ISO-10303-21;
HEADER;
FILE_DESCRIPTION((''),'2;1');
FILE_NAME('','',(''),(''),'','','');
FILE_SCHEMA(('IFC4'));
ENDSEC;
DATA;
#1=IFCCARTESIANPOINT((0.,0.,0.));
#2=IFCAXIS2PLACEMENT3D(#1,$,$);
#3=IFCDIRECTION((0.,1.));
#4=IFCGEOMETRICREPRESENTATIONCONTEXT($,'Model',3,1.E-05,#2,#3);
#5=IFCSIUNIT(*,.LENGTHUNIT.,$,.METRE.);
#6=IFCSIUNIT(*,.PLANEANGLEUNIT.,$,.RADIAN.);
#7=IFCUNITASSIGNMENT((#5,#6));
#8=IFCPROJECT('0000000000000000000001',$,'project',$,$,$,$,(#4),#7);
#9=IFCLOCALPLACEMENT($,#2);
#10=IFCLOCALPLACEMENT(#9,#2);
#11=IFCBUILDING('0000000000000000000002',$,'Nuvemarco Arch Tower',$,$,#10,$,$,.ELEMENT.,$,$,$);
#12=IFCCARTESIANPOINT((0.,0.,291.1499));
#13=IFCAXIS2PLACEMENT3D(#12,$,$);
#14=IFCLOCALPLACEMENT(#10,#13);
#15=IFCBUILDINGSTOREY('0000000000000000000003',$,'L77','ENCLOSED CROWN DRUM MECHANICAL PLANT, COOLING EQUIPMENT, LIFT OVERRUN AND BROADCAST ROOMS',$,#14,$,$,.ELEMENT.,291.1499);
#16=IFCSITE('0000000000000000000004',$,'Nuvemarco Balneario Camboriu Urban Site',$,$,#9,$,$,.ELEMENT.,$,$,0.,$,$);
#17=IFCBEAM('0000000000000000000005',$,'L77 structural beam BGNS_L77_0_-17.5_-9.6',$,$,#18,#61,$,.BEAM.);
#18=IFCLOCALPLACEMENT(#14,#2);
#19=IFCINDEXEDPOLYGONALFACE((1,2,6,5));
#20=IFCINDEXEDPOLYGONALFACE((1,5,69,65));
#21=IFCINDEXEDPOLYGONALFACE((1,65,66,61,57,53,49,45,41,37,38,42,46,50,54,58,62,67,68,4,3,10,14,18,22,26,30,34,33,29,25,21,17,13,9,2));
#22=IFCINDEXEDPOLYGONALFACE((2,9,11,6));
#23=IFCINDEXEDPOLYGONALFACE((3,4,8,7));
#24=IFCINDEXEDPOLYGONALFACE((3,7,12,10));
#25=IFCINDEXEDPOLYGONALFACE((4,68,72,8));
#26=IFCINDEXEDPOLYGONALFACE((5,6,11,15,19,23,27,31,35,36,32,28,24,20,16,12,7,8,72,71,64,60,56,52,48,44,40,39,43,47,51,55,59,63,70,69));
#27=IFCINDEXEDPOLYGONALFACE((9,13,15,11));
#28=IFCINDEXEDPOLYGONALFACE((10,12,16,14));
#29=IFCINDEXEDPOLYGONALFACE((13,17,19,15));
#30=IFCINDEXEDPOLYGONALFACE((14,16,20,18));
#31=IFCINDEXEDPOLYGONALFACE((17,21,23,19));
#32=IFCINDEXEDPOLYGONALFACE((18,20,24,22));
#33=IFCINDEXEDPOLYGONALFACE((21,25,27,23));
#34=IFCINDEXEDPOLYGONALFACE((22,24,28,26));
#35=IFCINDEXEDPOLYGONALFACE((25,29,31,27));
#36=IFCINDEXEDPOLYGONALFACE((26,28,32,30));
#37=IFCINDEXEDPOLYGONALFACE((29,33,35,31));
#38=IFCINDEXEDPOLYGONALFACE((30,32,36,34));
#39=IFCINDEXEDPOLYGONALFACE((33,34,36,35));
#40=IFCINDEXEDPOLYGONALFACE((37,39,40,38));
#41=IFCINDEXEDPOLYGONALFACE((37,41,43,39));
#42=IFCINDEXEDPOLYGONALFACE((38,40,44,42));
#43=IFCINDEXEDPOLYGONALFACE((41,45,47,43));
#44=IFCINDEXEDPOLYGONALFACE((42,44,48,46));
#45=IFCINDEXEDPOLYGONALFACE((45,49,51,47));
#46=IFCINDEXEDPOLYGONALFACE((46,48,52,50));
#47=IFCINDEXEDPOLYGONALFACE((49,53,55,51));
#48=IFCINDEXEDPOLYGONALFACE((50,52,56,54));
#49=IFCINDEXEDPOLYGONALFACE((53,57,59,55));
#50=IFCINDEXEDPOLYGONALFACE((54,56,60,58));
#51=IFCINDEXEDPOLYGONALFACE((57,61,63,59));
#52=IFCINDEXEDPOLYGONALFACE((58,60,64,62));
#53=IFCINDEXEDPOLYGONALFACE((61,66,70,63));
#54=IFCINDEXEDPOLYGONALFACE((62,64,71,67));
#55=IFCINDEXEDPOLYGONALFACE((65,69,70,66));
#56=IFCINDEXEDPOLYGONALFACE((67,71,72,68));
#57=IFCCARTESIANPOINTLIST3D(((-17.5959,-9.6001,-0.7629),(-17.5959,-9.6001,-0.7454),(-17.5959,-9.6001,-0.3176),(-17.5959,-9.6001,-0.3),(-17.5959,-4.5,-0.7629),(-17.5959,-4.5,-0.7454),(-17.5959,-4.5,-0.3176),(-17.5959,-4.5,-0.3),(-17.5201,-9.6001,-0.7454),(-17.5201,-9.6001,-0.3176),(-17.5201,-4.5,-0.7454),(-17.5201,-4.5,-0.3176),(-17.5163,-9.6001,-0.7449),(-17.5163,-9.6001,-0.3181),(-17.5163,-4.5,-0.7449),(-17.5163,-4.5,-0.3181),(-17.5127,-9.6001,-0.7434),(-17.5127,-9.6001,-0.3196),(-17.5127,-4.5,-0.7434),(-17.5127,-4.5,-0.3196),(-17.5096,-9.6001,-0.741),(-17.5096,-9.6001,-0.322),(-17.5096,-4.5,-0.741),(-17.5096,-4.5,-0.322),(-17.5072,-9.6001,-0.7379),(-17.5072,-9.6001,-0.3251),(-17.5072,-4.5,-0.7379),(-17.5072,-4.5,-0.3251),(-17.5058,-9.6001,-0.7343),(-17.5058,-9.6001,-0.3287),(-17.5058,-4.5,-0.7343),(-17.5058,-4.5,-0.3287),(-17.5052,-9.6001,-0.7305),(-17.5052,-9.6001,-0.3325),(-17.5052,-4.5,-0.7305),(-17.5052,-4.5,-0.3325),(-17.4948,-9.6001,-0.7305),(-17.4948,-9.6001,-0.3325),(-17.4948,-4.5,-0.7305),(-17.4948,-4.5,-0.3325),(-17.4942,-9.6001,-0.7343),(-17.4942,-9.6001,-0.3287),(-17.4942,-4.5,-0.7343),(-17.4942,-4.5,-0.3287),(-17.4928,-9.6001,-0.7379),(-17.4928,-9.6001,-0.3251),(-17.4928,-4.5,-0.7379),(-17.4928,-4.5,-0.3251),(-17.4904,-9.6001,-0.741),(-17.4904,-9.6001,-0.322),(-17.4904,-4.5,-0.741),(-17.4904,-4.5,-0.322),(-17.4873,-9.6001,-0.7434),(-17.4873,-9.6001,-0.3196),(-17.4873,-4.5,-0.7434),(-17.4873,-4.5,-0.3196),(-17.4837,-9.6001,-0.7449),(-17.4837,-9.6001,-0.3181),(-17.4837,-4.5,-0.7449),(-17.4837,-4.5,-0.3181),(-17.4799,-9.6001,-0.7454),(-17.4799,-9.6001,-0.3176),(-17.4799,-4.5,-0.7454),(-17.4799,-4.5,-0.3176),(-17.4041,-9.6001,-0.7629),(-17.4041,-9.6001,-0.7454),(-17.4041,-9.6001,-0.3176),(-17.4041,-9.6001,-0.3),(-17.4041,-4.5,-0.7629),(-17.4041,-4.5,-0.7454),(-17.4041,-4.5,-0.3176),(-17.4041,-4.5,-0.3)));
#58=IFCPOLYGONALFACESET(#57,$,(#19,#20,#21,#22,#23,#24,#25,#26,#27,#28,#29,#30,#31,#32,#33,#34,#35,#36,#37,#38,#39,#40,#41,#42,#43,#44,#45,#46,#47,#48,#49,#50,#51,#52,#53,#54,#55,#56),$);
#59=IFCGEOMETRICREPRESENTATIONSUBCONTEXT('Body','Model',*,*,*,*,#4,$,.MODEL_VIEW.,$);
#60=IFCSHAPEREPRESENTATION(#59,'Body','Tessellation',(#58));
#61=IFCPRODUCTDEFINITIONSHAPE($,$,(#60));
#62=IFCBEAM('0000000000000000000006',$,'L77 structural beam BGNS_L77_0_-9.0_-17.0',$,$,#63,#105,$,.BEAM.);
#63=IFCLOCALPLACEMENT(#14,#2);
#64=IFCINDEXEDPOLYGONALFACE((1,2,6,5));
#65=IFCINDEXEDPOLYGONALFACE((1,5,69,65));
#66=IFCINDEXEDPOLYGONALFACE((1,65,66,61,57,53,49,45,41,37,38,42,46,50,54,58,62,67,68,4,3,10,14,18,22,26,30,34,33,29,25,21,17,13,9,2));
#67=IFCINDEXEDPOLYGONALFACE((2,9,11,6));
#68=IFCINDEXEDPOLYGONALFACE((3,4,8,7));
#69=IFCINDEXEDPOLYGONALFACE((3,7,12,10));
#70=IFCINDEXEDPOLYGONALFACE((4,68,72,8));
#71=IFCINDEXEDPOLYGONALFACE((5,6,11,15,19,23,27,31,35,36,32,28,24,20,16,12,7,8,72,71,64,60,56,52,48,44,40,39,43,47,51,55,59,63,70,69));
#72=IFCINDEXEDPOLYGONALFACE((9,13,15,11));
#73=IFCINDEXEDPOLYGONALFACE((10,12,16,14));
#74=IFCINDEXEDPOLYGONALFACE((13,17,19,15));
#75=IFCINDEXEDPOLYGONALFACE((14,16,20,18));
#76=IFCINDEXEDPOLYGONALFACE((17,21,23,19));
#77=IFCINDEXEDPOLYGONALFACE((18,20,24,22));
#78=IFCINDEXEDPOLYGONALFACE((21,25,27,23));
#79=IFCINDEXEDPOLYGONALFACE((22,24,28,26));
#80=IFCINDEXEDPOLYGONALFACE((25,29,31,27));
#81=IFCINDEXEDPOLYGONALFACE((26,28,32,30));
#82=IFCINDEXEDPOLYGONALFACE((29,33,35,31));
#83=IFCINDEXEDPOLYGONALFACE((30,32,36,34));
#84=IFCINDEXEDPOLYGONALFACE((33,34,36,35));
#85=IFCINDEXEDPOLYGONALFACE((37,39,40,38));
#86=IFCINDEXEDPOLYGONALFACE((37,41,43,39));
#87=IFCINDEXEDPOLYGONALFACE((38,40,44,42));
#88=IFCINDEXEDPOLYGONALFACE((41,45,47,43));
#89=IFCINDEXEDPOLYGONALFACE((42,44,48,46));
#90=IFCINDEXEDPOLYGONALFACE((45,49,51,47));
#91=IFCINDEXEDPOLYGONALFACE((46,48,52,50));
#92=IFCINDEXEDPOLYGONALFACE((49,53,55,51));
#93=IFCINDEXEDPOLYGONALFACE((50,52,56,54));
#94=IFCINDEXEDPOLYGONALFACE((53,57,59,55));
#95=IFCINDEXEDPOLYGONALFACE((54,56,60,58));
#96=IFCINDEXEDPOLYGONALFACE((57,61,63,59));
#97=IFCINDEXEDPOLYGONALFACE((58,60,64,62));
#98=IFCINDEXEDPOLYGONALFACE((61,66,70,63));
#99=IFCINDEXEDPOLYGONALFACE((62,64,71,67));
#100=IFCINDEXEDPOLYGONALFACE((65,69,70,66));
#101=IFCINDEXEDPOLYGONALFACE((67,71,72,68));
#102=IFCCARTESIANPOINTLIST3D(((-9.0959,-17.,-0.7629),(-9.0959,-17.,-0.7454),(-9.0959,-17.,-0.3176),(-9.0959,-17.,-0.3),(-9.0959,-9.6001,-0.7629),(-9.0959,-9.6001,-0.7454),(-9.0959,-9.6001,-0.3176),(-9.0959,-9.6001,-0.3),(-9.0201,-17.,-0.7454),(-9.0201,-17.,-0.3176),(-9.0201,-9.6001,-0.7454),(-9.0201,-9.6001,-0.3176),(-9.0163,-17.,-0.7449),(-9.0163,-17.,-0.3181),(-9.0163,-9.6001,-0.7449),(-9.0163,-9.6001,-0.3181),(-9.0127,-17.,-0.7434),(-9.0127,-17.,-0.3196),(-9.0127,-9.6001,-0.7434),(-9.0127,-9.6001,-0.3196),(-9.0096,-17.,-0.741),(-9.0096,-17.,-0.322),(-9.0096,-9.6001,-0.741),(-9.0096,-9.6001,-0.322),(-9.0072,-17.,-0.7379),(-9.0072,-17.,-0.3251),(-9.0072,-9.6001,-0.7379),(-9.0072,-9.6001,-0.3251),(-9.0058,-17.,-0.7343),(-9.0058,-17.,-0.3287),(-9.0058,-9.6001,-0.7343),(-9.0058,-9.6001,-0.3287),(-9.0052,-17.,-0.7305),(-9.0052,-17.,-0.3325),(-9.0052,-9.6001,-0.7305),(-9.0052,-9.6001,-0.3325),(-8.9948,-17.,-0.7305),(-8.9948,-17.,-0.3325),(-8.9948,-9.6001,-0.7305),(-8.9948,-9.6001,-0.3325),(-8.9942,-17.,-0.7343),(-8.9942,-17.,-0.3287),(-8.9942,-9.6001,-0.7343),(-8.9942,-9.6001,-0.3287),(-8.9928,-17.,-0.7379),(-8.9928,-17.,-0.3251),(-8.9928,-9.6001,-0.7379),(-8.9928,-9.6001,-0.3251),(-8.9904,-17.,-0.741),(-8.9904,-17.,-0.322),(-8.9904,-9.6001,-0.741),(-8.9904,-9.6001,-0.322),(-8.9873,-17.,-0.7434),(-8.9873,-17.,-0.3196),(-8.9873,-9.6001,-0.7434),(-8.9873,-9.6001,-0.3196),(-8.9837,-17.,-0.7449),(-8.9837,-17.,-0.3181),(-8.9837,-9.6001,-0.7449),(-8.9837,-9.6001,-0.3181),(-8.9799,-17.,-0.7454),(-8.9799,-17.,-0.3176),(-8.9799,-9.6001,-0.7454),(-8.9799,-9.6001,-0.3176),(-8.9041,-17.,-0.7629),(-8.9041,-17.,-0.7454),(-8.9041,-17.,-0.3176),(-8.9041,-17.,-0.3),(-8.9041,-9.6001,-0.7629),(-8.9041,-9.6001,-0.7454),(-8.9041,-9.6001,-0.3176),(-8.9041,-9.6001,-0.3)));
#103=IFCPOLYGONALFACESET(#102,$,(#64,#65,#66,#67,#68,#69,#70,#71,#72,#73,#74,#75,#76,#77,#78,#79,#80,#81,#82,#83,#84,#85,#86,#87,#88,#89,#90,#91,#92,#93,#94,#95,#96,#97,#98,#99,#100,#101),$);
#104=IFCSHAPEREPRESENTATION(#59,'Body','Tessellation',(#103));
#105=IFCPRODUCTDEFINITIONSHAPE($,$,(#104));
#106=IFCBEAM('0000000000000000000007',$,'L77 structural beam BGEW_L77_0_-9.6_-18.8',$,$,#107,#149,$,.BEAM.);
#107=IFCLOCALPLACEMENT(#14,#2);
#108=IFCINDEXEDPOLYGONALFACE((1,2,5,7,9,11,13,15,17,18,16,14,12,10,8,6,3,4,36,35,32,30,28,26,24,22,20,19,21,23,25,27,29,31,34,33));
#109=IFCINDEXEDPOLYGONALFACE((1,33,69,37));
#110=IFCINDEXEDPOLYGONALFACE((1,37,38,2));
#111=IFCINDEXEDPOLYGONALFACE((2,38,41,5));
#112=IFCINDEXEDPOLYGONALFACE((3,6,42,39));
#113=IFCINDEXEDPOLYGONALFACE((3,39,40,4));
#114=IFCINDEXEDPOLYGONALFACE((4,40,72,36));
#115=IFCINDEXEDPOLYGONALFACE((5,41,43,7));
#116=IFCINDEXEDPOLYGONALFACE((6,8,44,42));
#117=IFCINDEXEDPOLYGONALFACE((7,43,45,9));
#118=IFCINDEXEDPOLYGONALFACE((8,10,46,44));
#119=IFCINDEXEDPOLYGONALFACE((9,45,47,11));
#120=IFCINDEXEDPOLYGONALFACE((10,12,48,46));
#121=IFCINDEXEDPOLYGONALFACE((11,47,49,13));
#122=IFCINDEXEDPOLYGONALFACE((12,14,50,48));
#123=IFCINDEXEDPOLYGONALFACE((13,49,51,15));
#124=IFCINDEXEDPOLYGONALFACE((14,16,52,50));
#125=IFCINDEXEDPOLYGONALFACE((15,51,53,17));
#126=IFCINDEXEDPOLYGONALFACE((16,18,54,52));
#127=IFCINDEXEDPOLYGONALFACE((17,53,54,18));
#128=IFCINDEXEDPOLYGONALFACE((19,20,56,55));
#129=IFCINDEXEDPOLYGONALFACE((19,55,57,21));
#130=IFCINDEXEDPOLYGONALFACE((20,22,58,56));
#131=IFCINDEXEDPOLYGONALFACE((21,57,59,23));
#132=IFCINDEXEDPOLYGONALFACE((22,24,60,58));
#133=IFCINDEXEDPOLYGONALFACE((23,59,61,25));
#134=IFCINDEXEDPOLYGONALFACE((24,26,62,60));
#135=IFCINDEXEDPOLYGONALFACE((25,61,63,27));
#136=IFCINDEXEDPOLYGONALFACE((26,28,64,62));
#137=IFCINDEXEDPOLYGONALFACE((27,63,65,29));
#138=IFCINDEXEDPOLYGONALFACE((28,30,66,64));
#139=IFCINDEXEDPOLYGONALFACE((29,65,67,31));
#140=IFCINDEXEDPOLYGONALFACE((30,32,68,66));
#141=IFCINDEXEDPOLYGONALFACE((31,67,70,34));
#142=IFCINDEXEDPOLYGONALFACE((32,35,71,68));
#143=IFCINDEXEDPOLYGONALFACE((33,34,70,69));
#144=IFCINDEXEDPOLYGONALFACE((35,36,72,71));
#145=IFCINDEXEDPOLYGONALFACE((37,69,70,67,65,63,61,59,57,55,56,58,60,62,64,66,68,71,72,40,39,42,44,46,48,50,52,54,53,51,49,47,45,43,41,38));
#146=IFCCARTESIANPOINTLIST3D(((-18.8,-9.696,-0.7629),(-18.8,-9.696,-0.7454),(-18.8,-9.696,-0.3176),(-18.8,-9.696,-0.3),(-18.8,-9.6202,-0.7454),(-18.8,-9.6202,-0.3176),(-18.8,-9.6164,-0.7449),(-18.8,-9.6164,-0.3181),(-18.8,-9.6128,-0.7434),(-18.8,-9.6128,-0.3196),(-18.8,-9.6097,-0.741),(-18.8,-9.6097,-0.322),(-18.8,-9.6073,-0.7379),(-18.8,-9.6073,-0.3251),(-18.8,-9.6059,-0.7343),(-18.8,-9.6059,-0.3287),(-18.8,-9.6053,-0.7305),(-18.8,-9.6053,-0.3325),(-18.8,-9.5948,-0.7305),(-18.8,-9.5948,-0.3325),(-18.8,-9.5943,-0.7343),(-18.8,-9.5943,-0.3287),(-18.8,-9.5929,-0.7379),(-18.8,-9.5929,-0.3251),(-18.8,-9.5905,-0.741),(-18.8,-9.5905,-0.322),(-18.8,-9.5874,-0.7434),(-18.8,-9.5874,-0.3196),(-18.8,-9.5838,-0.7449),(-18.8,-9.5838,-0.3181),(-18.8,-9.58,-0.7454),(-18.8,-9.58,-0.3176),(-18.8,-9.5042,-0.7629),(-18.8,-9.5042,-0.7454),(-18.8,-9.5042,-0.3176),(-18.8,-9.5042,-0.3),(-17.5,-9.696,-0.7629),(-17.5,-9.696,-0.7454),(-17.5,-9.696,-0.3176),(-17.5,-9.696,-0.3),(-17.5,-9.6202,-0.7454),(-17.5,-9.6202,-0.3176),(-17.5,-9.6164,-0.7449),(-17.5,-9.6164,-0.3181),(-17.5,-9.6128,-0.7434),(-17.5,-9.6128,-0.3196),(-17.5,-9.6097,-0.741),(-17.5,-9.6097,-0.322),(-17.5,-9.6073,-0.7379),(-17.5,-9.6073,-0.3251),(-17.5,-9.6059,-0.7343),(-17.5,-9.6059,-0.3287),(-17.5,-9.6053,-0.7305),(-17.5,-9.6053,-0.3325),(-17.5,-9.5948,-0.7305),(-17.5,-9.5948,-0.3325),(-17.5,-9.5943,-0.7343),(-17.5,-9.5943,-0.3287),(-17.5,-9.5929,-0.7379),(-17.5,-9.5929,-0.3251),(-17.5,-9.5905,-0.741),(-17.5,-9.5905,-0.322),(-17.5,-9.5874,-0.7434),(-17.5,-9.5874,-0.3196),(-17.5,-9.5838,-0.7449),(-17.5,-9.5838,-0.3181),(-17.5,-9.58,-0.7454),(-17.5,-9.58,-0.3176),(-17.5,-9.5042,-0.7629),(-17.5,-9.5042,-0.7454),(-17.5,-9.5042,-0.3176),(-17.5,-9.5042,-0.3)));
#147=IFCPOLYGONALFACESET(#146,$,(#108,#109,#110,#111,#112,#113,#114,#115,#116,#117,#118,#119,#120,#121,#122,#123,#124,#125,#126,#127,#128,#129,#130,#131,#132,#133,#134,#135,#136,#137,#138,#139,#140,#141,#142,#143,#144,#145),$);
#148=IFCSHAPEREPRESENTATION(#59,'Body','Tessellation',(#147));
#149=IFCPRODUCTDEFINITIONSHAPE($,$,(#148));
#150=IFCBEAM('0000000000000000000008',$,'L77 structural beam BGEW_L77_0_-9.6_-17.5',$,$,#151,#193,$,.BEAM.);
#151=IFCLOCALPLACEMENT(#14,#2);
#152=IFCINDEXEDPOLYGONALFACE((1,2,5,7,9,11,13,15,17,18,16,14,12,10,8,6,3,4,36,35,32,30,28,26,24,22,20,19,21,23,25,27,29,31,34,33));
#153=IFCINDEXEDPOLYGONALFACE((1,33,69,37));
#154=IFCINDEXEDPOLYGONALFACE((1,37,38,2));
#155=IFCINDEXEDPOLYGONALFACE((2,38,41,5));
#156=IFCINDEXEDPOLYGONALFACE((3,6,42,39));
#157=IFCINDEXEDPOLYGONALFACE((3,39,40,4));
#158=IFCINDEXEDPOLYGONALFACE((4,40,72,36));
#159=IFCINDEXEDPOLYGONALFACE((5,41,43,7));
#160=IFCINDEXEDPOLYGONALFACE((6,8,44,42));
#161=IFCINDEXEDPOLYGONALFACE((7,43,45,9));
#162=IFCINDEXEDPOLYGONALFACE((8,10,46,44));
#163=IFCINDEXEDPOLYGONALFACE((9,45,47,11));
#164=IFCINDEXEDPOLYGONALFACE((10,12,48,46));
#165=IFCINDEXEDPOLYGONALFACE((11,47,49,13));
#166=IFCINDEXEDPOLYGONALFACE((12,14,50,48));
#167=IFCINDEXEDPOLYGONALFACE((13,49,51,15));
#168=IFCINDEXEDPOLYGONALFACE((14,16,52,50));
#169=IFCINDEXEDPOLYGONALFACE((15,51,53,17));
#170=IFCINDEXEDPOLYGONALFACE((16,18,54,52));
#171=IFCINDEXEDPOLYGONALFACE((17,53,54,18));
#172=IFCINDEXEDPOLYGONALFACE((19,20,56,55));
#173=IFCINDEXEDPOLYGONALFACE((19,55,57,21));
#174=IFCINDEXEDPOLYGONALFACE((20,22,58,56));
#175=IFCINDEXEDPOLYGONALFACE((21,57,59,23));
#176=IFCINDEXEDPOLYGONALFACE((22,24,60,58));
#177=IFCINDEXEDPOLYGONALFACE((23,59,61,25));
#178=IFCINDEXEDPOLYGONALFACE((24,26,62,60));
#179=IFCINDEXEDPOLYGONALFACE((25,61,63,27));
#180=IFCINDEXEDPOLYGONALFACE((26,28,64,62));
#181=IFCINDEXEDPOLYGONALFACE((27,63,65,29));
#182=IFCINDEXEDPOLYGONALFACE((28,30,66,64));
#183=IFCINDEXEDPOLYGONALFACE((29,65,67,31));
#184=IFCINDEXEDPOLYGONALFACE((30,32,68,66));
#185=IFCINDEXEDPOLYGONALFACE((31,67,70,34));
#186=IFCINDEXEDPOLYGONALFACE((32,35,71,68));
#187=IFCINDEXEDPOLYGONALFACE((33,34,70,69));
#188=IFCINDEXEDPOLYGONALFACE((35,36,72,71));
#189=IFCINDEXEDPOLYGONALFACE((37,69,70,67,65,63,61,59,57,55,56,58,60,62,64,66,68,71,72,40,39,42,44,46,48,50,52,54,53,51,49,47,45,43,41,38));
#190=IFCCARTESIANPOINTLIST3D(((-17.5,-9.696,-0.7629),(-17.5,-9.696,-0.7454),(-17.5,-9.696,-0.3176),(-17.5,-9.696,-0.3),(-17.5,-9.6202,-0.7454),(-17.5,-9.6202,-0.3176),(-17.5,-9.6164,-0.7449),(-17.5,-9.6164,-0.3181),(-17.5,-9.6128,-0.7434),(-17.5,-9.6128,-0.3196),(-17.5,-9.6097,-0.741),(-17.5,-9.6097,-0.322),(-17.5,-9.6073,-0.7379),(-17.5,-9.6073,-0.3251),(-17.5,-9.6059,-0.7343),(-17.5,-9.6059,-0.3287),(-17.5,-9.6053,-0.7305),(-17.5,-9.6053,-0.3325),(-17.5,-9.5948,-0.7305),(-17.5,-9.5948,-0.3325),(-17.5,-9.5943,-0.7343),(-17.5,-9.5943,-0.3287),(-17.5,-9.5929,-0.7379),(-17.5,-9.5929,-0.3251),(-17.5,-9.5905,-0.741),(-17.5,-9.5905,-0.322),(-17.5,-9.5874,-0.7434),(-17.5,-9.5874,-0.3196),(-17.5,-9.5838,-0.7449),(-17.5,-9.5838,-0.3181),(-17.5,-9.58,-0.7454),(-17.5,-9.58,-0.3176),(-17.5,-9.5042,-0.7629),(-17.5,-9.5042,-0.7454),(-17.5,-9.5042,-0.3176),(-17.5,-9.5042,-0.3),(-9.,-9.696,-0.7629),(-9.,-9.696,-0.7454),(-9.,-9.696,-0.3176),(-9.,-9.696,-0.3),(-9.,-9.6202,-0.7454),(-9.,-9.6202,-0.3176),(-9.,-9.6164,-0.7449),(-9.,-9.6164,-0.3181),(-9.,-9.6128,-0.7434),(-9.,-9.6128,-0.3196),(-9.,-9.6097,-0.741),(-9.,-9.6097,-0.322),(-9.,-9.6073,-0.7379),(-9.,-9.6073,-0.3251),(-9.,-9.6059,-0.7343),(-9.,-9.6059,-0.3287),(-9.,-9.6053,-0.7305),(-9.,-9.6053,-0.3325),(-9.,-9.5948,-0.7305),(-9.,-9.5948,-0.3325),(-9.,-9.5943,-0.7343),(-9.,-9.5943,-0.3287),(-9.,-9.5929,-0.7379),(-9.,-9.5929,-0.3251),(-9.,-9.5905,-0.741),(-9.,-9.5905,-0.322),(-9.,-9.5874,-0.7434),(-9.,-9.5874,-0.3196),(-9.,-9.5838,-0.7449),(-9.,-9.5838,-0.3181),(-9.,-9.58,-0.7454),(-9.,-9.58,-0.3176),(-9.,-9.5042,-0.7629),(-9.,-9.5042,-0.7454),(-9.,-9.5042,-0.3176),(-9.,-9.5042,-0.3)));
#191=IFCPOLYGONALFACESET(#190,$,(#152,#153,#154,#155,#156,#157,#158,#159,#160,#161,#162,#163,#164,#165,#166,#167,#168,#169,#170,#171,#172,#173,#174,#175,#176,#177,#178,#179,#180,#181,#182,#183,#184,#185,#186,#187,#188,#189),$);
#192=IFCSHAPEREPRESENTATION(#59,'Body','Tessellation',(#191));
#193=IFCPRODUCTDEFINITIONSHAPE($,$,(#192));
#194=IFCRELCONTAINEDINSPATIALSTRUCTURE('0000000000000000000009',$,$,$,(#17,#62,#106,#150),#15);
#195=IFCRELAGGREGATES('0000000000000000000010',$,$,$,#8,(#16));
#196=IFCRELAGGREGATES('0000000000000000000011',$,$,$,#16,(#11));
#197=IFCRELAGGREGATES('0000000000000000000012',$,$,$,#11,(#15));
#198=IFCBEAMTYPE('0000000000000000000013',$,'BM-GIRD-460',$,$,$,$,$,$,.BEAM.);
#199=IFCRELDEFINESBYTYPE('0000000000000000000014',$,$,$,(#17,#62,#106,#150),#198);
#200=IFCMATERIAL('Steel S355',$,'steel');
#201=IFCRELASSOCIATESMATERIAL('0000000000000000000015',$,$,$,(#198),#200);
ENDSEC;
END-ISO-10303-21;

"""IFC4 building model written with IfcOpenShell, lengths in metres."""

from ifc_helpers import new_model, si_unit, direction, frame, origin, origin_2d, place, context, subcontext, project, spatial, i_section, extrude, material, material_profile, profile_set, type_object, element, save


model = new_model("IFC4")

# Units and contexts
model_context = context("Model", 3, precision=1e-05, world=origin(), true_north=direction((0.0, 1.0)))
body_context = subcontext(model_context, "Body", "Model", "MODEL_VIEW")
ifc_project = project(units=[si_unit("LENGTHUNIT", "METRE"), si_unit("PLANEANGLEUNIT", "RADIAN")], contexts=[model_context])

# Site, building, storey
site_placement = place(None, origin())
site = spatial("IfcSite", under=ifc_project, at=site_placement, Name="Nuvemarco Balneario Camboriu Urban Site", CompositionType="ELEMENT", RefElevation=0.0)
building_placement = place(site_placement, origin())
building = spatial("IfcBuilding", under=site, at=building_placement, Name="Nuvemarco Arch Tower", CompositionType="ELEMENT")
storey_placement = place(building_placement, frame((0.0, 0.0, 291.1499)))
storey = spatial("IfcBuildingStorey", under=building, at=storey_placement, Name="L77", Description="ENCLOSED CROWN DRUM MECHANICAL PLANT, COOLING EQUIPMENT, LIFT OVERRUN AND BROADCAST ROOMS", CompositionType="ELEMENT", Elevation=291.1499)

# Shared definitions
ifc_material_1 = material(Name="Steel S355", Category="steel")

# Beams
ifc_material_profile_1 = material_profile(ifc_material_1, i_section(OverallWidth=0.1919, OverallDepth=0.4629, WebThickness=0.0105, FlangeThickness=0.0176, FilletRadius=0.0149, at=origin_2d()), Name="W460x89")
ifc_profile_set_1 = profile_set([ifc_material_profile_1], Name="Steel S355")
beam_type_1 = type_object("IfcBeamType", Name="BM-GIRD-460", PredefinedType="BEAM", material=ifc_profile_set_1)
beam_1_placement = place(storey_placement, frame((-17.5, -9.6001, -0.5315), z_axis=(0.0, 1.0, 0.0), x_axis=(-1.0, 0.0, 0.0)))
element("IfcBeam", 1, at=beam_1_placement, inside=storey, type_object=beam_type_1, Name="L77 structural beam BGNS_L77_0_-17.5_-9.6", PredefinedType="BEAM", context=body_context, shape_type="SweptSolid", body=[
    extrude(i_section(OverallWidth=0.1919, OverallDepth=0.4629, WebThickness=0.0105, FlangeThickness=0.0176, FilletRadius=0.0149, at=origin_2d()), origin(), (0.0, 0.0, 1.0), 5.1001),
])
beam_2_placement = place(storey_placement, frame((-9.0, -17.0, -0.5315), z_axis=(0.0, 1.0, 0.0), x_axis=(-1.0, 0.0, 0.0)))
element("IfcBeam", 2, at=beam_2_placement, inside=storey, type_object=beam_type_1, Name="L77 structural beam BGNS_L77_0_-9.0_-17.0", PredefinedType="BEAM", context=body_context, shape_type="SweptSolid", body=[
    extrude(i_section(OverallWidth=0.1919, OverallDepth=0.4629, WebThickness=0.0105, FlangeThickness=0.0176, FilletRadius=0.0149, at=origin_2d()), origin(), (0.0, 0.0, 1.0), 7.3999),
])
beam_3_placement = place(storey_placement, frame((-18.8, -9.6001, -0.5315), z_axis=(1.0, 0.0, 0.0), x_axis=(0.0, 1.0, 0.0)))
element("IfcBeam", 3, at=beam_3_placement, inside=storey, type_object=beam_type_1, Name="L77 structural beam BGEW_L77_0_-9.6_-18.8", PredefinedType="BEAM", context=body_context, shape_type="SweptSolid", body=[
    extrude(i_section(OverallWidth=0.1919, OverallDepth=0.4629, WebThickness=0.0105, FlangeThickness=0.0176, FilletRadius=0.0149, at=origin_2d()), origin(), (0.0, 0.0, 1.0), 1.3),
])
beam_4_placement = place(storey_placement, frame((-17.5, -9.6001, -0.5315), z_axis=(1.0, 0.0, 0.0), x_axis=(0.0, 1.0, 0.0)))
element("IfcBeam", 4, at=beam_4_placement, inside=storey, type_object=beam_type_1, Name="L77 structural beam BGEW_L77_0_-9.6_-17.5", PredefinedType="BEAM", context=body_context, shape_type="SweptSolid", body=[
    extrude(i_section(OverallWidth=0.1919, OverallDepth=0.4629, WebThickness=0.0105, FlangeThickness=0.0176, FilletRadius=0.0149, at=origin_2d()), origin(), (0.0, 0.0, 1.0), 8.5),
])

save(model, "model.ifc")
